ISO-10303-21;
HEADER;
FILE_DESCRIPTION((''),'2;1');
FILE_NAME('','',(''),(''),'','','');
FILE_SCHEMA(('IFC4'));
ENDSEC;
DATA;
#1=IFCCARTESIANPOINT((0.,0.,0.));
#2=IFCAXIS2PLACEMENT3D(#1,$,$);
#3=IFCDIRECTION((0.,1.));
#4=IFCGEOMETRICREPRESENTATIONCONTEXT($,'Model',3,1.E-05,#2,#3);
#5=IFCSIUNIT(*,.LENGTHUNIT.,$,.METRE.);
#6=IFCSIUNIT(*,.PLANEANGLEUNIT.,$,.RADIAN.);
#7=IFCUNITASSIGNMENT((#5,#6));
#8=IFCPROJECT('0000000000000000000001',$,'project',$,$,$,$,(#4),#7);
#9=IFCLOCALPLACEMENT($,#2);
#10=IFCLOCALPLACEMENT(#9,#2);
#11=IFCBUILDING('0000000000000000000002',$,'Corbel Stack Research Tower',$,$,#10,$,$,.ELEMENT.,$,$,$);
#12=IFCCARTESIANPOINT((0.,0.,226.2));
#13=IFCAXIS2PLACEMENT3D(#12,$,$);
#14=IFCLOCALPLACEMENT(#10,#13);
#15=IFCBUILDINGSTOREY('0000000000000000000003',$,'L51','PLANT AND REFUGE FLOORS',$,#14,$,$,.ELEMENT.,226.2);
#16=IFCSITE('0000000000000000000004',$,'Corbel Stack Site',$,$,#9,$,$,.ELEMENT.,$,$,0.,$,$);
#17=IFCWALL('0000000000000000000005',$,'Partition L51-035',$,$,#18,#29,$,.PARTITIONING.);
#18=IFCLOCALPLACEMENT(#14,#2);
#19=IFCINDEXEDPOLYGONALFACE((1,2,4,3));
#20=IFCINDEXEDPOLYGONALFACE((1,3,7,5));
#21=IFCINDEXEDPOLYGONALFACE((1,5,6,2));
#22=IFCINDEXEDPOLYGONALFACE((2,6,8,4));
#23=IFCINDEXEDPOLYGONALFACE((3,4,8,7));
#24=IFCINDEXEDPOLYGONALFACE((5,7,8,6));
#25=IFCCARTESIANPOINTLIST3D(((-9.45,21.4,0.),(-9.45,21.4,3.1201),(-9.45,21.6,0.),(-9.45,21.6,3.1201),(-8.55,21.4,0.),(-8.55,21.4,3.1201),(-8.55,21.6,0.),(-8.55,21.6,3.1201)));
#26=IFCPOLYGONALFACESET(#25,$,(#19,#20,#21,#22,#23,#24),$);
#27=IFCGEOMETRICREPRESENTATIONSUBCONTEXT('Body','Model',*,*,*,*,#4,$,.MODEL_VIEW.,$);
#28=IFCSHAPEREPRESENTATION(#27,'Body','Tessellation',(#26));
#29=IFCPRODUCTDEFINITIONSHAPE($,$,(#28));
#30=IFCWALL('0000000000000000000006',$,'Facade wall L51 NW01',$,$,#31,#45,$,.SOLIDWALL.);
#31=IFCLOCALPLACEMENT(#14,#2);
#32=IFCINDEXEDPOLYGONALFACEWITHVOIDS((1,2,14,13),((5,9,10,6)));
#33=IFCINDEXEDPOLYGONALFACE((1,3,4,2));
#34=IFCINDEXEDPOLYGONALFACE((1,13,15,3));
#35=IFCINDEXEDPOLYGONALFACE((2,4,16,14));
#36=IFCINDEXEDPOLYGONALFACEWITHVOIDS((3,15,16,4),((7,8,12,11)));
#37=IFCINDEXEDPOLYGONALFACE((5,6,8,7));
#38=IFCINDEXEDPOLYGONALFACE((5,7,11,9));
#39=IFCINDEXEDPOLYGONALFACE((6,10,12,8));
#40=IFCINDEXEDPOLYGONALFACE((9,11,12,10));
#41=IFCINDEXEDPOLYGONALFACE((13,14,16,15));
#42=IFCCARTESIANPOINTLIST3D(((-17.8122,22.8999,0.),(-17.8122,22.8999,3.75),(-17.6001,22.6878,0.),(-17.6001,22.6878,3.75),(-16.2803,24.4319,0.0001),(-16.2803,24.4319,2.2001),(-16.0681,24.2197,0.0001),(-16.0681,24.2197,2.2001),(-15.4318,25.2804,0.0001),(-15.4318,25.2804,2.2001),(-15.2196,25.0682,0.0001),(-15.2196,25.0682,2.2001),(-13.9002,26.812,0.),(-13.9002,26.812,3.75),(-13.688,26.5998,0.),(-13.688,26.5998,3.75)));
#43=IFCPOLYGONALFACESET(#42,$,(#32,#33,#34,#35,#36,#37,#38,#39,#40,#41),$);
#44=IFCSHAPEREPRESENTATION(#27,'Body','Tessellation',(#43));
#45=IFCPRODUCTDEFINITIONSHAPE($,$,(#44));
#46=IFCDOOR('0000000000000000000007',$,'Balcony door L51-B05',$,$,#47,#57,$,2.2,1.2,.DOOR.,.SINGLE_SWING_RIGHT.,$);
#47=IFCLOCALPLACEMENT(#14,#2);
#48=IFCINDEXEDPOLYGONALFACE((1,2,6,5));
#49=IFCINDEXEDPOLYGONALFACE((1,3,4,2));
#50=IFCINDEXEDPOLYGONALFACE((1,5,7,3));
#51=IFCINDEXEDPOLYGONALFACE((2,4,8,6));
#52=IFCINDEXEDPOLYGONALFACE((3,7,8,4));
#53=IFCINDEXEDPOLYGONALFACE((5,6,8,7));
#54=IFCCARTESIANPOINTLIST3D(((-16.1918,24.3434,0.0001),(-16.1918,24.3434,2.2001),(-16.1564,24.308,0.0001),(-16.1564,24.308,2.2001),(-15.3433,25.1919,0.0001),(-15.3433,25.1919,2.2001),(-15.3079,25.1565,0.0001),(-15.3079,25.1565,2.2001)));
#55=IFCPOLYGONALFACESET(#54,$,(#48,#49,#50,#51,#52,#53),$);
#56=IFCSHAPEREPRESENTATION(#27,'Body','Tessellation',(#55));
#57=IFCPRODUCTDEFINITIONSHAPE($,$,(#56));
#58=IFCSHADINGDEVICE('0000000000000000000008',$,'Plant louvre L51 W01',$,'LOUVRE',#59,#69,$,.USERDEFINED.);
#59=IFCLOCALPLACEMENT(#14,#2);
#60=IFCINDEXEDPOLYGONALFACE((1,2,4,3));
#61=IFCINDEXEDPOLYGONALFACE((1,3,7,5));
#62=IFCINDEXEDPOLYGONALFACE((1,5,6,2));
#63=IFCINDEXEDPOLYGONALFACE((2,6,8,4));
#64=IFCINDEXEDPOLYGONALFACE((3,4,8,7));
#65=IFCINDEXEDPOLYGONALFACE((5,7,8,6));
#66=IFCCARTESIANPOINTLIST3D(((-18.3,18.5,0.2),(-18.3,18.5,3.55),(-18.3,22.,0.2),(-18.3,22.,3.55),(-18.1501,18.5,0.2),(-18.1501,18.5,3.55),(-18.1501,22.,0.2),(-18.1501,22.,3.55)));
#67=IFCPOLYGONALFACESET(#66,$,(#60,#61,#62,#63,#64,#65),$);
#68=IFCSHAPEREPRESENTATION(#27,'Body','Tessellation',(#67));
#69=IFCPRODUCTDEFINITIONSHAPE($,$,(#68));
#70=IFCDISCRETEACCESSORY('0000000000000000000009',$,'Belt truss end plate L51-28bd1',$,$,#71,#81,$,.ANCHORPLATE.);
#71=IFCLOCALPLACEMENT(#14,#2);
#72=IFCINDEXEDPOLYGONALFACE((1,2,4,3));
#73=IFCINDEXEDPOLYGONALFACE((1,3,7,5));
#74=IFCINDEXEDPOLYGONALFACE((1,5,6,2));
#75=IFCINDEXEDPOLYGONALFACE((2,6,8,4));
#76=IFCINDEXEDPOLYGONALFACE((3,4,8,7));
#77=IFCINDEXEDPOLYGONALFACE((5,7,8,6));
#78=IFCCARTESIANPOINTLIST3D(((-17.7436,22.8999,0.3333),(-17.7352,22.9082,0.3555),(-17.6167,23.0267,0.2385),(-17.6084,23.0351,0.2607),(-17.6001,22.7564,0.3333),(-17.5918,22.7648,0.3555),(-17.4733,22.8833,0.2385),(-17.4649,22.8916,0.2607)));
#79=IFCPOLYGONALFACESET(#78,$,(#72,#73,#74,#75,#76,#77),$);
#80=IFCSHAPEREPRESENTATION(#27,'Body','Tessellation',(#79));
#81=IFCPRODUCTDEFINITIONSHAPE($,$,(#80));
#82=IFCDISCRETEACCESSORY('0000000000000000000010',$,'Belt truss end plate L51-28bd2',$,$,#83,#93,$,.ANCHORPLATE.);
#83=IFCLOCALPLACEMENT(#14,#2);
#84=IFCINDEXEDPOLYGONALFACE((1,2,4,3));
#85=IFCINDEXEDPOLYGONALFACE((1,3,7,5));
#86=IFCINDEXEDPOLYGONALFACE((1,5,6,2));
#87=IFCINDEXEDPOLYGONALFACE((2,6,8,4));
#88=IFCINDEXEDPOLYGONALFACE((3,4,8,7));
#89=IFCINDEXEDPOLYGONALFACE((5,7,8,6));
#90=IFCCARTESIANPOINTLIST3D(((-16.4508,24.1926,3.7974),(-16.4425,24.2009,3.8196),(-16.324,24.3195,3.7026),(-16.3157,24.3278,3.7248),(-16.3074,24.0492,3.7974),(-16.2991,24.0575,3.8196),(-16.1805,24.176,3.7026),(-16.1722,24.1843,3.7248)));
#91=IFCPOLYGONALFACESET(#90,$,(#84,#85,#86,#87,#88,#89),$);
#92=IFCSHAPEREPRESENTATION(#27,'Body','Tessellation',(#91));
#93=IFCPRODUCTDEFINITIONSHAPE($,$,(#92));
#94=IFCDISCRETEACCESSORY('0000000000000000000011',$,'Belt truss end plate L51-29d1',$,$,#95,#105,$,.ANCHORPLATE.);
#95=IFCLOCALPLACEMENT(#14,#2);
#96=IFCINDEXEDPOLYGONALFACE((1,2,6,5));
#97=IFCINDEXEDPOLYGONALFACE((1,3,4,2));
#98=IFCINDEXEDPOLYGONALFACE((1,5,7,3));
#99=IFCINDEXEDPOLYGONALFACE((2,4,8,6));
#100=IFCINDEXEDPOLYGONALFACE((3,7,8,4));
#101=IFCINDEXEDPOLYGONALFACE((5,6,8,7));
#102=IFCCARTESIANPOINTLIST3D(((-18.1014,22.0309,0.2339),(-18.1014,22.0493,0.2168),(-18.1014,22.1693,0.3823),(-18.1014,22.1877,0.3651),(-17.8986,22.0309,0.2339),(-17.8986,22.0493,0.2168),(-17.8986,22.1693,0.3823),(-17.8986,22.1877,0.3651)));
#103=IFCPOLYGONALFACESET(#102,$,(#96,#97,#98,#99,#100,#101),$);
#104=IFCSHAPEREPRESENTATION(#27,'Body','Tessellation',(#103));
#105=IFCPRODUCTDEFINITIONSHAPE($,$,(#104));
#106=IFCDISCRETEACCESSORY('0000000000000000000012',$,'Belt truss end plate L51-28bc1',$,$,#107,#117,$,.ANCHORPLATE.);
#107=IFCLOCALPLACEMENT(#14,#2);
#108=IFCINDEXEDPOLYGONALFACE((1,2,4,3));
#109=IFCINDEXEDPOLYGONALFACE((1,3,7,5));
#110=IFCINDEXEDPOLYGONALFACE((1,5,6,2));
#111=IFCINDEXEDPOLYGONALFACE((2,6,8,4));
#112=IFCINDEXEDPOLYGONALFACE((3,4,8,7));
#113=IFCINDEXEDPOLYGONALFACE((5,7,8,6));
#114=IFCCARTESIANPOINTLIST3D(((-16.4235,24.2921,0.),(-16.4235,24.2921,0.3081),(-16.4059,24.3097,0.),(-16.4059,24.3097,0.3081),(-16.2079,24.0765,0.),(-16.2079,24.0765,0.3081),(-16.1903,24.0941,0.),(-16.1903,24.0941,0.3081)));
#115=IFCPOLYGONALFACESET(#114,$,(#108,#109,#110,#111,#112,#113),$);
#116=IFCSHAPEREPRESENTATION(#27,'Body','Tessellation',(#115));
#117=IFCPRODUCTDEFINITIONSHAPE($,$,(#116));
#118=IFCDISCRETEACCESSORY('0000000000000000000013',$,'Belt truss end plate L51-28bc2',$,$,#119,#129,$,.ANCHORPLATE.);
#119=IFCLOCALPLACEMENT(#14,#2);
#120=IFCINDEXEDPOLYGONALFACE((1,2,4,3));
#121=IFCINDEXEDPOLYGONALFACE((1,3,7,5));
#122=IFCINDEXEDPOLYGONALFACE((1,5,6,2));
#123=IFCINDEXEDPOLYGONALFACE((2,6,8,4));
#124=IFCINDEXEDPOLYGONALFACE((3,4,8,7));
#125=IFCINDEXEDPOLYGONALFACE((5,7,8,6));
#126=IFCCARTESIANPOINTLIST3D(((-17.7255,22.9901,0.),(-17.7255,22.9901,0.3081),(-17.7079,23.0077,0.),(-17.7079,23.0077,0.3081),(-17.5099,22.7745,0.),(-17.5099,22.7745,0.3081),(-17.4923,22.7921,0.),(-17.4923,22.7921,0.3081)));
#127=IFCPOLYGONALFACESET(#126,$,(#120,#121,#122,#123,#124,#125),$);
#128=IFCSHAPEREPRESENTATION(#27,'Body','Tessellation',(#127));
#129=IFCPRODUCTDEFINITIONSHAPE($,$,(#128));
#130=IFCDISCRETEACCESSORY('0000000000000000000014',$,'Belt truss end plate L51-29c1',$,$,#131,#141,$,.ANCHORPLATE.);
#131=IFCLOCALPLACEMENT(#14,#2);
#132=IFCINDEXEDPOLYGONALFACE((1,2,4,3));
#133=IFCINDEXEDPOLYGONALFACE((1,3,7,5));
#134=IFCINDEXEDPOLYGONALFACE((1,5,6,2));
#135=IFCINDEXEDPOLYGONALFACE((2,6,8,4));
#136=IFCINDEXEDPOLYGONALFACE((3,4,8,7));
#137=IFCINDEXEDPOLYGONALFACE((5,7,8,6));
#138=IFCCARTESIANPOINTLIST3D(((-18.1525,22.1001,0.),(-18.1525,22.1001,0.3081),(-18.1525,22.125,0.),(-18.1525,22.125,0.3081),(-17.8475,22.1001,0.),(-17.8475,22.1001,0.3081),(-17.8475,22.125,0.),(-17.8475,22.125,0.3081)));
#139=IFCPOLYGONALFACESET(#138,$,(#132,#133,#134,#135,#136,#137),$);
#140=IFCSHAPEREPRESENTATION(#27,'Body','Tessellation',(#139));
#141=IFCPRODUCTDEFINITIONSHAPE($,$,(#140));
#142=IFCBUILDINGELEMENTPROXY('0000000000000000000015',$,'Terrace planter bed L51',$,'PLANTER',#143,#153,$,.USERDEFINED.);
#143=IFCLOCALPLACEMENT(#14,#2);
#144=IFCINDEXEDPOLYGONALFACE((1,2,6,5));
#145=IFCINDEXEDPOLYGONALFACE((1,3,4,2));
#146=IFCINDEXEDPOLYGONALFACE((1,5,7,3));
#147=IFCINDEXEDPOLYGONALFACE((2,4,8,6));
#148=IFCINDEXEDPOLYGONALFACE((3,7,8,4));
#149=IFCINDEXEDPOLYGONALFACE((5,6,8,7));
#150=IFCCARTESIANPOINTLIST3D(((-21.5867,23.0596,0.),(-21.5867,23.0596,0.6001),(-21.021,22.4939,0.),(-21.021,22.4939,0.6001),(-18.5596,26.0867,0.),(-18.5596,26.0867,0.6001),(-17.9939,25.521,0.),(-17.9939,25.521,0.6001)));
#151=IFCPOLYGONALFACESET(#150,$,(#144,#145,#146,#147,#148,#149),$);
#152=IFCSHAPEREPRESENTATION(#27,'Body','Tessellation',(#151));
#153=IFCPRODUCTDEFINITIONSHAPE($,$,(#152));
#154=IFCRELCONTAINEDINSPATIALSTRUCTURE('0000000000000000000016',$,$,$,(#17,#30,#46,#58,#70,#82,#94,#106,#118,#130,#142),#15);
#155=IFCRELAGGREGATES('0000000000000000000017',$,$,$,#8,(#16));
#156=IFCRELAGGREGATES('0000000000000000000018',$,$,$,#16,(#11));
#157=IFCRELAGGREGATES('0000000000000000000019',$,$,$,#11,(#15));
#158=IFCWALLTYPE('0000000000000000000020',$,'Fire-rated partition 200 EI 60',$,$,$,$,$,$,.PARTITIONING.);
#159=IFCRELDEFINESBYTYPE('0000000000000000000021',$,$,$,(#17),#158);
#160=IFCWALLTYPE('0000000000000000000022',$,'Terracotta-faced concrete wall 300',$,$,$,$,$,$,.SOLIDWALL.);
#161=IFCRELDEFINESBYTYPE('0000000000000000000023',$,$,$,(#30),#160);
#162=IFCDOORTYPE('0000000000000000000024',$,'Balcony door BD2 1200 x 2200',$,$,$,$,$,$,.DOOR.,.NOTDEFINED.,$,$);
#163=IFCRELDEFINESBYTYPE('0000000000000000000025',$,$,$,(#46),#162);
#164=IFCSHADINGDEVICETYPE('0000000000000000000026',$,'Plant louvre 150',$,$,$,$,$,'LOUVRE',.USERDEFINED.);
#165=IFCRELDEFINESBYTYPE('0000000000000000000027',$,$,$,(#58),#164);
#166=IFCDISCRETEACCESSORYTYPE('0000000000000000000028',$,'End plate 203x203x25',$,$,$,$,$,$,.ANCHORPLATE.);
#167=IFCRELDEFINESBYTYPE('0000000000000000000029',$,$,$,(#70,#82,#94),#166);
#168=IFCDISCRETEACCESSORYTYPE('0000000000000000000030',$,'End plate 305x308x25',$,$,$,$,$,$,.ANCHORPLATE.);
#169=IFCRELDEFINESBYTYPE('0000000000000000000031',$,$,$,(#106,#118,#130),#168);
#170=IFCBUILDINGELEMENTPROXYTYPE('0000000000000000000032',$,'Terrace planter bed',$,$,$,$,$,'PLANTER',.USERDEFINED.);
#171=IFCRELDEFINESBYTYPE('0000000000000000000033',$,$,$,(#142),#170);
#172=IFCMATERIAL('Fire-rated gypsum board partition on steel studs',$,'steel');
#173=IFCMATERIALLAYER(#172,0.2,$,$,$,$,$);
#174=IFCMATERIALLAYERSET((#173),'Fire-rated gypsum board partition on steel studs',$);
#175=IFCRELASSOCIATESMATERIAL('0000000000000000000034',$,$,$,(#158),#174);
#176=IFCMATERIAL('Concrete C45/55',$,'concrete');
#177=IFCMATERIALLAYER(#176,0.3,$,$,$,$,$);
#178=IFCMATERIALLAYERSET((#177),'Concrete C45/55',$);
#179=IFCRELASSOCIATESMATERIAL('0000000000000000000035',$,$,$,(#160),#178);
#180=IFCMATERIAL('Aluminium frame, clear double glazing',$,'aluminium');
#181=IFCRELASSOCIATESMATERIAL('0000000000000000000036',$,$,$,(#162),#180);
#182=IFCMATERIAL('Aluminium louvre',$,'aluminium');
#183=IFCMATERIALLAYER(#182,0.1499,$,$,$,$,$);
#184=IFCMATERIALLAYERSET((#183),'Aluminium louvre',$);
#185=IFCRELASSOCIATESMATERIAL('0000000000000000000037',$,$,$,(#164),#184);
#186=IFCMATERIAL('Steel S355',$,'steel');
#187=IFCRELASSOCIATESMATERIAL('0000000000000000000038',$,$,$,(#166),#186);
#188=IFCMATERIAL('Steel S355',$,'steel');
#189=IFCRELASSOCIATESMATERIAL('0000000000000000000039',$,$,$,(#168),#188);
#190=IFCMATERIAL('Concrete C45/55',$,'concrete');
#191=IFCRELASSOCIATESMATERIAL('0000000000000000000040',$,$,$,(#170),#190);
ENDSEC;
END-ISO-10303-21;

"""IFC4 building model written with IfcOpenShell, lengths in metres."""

from ifc_helpers import new_model, si_unit, direction, frame, frame_2d, origin, origin_2d, place, context, subcontext, project, spatial, rectangle, extrude, material, layer, layer_set, material_profile, profile_set, type_object, element, fill, save


model = new_model("IFC4")

# Units and contexts
model_context = context("Model", 3, precision=1e-05, world=origin(), true_north=direction((0.0, 1.0)))
body_context = subcontext(model_context, "Body", "Model", "MODEL_VIEW")
ifc_project = project(units=[si_unit("LENGTHUNIT", "METRE"), si_unit("PLANEANGLEUNIT", "RADIAN")], contexts=[model_context])

# Site, building, storey
site_placement = place(None, origin())
site = spatial("IfcSite", under=ifc_project, at=site_placement, Name="Corbel Stack Site", CompositionType="ELEMENT", RefElevation=0.0)
building_placement = place(site_placement, origin())
building = spatial("IfcBuilding", under=site, at=building_placement, Name="Corbel Stack Research Tower", CompositionType="ELEMENT")
storey_placement = place(building_placement, frame((0.0, 0.0, 226.2)))
storey = spatial("IfcBuildingStorey", under=building, at=storey_placement, Name="L51", Description="PLANT AND REFUGE FLOORS", CompositionType="ELEMENT", Elevation=226.2)

# Shared definitions
ifc_material_1 = material(Name="Fire-rated gypsum board partition on steel studs", Category="steel")
ifc_layer_1 = layer(ifc_material_1, 0.2)
ifc_layer_set_1 = layer_set([ifc_layer_1], Name="Fire-rated gypsum board partition on steel studs")
wall_type_1 = type_object("IfcWallType", Name="Fire-rated partition 200 EI 60", PredefinedType="PARTITIONING", material=ifc_layer_set_1)

# Wall
wall_1_placement = place(storey_placement, frame((-9.45, 21.5, 0.0), z_axis=(0.0, 0.0, 1.0), x_axis=(1.0, 0.0, 0.0)))
element("IfcWall", 1, at=wall_1_placement, inside=storey, type_object=wall_type_1, Name="Partition L51-035", PredefinedType="PARTITIONING", context=body_context, shape_type="SweptSolid", body=[
    extrude(rectangle(XDim=0.8999, YDim=0.2, at=frame_2d((0.45, 0.0))), origin(), (0.0, 0.0, 1.0), 3.1201),
])

# Wall, opening, door
ifc_material_2 = material(Name="Concrete C45/55", Category="concrete")
ifc_layer_2 = layer(ifc_material_2, 0.3)
ifc_layer_set_2 = layer_set([ifc_layer_2], Name="Concrete C45/55")
wall_type_2 = type_object("IfcWallType", Name="Terracotta-faced concrete wall 300", PredefinedType="SOLIDWALL", material=ifc_layer_set_2)
wall_2_placement = place(storey_placement, frame((-17.7061, 22.7939, 0.0), z_axis=(0.0, 0.0, 1.0), x_axis=(0.707107, 0.707107, 0.0)))
wall_2 = element("IfcWall", 2, at=wall_2_placement, inside=storey, type_object=wall_type_2, Name="Facade wall L51 NW01", PredefinedType="SOLIDWALL", context=body_context, shape_type="SweptSolid", body=[
    extrude(rectangle(XDim=5.5325, YDim=0.3, at=frame_2d((2.7661, 0.0))), origin(), (0.0, 0.0, 1.0), 3.75),
])
opening_1_placement = place(wall_2_placement, frame((2.1663, 0.0, 0.0)))
opening_1 = element("IfcOpeningElement", 3, at=opening_1_placement, cuts=wall_2, PredefinedType="OPENING", context=body_context, shape_type="SweptSolid", body=[
    extrude(rectangle(XDim=1.2, YDim=2.2, at=frame_2d((0.6001, 1.1001))), frame((0.0, 0.1599, 0.0), z_axis=(0.0, -1.0, 0.0), x_axis=(1.0, 0.0, 0.0)), (0.0, 0.0, 1.0), 0.3201),
])
ifc_material_3 = material(Name="Aluminium frame, clear double glazing", Category="aluminium")
door_type_1 = type_object("IfcDoorType", Name="Balcony door BD2 1200 x 2200", OperationType="NOTDEFINED", PredefinedType="DOOR", material=ifc_material_3)
door_1_placement = place(opening_1_placement, origin())
door_1 = element("IfcDoor", 4, at=door_1_placement, inside=storey, type_object=door_type_1, Name="Balcony door L51-B05", OperationType="SINGLE_SWING_RIGHT", OverallHeight=2.2, OverallWidth=1.2, PredefinedType="DOOR", context=body_context, shape_type="SweptSolid", body=[
    extrude(rectangle(XDim=1.2, YDim=2.2, at=frame_2d((0.6001, 1.1001))), frame((0.0, 0.0249, 0.0), z_axis=(0.0, -1.0, 0.0), x_axis=(1.0, 0.0, 0.0)), (0.0, 0.0, 1.0), 0.05),
])
fill(opening_1, door_1)

# Shading device
ifc_material_4 = material(Name="Aluminium louvre", Category="aluminium")
ifc_layer_3 = layer(ifc_material_4, 0.1499)
ifc_layer_set_3 = layer_set([ifc_layer_3], Name="Aluminium louvre")
shading_device_type = type_object("IfcShadingDeviceType", Name="Plant louvre 150", ElementType="LOUVRE", PredefinedType="USERDEFINED", material=ifc_layer_set_3)
shading_device_placement = place(storey_placement, frame((-18.2251, 20.25, 0.2), z_axis=(0.0, 0.0, 1.0), x_axis=(0.0, -1.0, 0.0)))
element("IfcShadingDevice", 5, at=shading_device_placement, inside=storey, type_object=shading_device_type, Name="Plant louvre L51 W01", ObjectType="LOUVRE", PredefinedType="USERDEFINED", context=body_context, shape_type="SweptSolid", body=[
    extrude(rectangle(XDim=3.5, YDim=0.1499, at=origin_2d()), origin(), (0.0, 0.0, 1.0), 3.3501),
])

# Discrete accessories
ifc_material_5 = material(Name="Steel S355", Category="steel")
ifc_material_profile_1 = material_profile(ifc_material_5, rectangle(XDim=0.2029, YDim=0.2029, at=origin_2d()), Name="End plate 203x203x25")
ifc_profile_set_1 = profile_set([ifc_material_profile_1], Name="Steel S355")
discrete_accessory_type_1 = type_object("IfcDiscreteAccessoryType", Name="End plate 203x203x25", PredefinedType="ANCHORPLATE", material=ifc_profile_set_1)
for number, where, z_axis, x_axis, name in (
    (6, (-17.6001, 22.8999, 0.3081), (-0.330346, -0.330346, -0.884162), (0.707107, -0.707107, 0.0), "Belt truss end plate L51-28bd1"),
    (7, (-16.3157, 24.1843, 3.75), (0.330346, 0.330346, 0.884162), (-0.707107, 0.707107, 0.0), "Belt truss end plate L51-28bd2"),
    (8, (-18.0, 22.1001, 0.3081), (0.0, 0.731055, -0.682318), (-1.0, 0.0, 0.0), "Belt truss end plate L51-29d1"),
):
    element("IfcDiscreteAccessory", number, at=place(storey_placement, frame(where, z_axis=z_axis, x_axis=x_axis)), inside=storey, type_object=discrete_accessory_type_1, Name=name, PredefinedType="ANCHORPLATE", context=body_context, shape_type="SweptSolid", body=[
        extrude(rectangle(XDim=0.2029, YDim=0.2029, at=origin_2d()), origin(), (0.0, 0.0, 1.0), 0.0251),
    ])
ifc_material_6 = material(Name="Steel S355", Category="steel")
ifc_material_profile_2 = material_profile(ifc_material_6, rectangle(XDim=0.3049, YDim=0.3081, at=origin_2d()), Name="End plate 305x308x25")
ifc_profile_set_2 = profile_set([ifc_material_profile_2], Name="Steel S355")
discrete_accessory_type_2 = type_object("IfcDiscreteAccessoryType", Name="End plate 305x308x25", PredefinedType="ANCHORPLATE", material=ifc_profile_set_2)
for number, where, z_axis, x_axis, name in (
    (9, (-16.3157, 24.1843, 0.1541), (0.707107, 0.707107, 0.0), (-0.707107, 0.707107, 0.0), "Belt truss end plate L51-28bc1"),
    (10, (-17.6001, 22.8999, 0.1541), (-0.707107, -0.707107, 0.0), (0.707107, -0.707107, 0.0), "Belt truss end plate L51-28bc2"),
    (11, (-18.0, 22.1001, 0.1541), (0.0, 1.0, 0.0), (-1.0, 0.0, 0.0), "Belt truss end plate L51-29c1"),
):
    element("IfcDiscreteAccessory", number, at=place(storey_placement, frame(where, z_axis=z_axis, x_axis=x_axis)), inside=storey, type_object=discrete_accessory_type_2, Name=name, PredefinedType="ANCHORPLATE", context=body_context, shape_type="SweptSolid", body=[
        extrude(rectangle(XDim=0.3049, YDim=0.3081, at=origin_2d()), origin(), (0.0, 0.0, 1.0), 0.0249),
    ])

# Building element proxy
ifc_material_7 = material(Name="Concrete C45/55", Category="concrete")
building_element_proxy_type = type_object("IfcBuildingElementProxyType", Name="Terrace planter bed", ElementType="PLANTER", PredefinedType="USERDEFINED", material=ifc_material_7)
proxy_placement = place(storey_placement, frame((-19.7903, 24.2903, 0.0), z_axis=(0.0, 0.0, 1.0), x_axis=(0.707107, 0.707107, 0.0)))
element("IfcBuildingElementProxy", 12, at=proxy_placement, inside=storey, type_object=building_element_proxy_type, Name="Terrace planter bed L51", ObjectType="PLANTER", PredefinedType="USERDEFINED", context=body_context, shape_type="SweptSolid", body=[
    extrude(rectangle(XDim=4.281, YDim=0.8, at=origin_2d()), origin(), (0.0, 0.0, 1.0), 0.6001),
])

save(model, "model.ifc")
